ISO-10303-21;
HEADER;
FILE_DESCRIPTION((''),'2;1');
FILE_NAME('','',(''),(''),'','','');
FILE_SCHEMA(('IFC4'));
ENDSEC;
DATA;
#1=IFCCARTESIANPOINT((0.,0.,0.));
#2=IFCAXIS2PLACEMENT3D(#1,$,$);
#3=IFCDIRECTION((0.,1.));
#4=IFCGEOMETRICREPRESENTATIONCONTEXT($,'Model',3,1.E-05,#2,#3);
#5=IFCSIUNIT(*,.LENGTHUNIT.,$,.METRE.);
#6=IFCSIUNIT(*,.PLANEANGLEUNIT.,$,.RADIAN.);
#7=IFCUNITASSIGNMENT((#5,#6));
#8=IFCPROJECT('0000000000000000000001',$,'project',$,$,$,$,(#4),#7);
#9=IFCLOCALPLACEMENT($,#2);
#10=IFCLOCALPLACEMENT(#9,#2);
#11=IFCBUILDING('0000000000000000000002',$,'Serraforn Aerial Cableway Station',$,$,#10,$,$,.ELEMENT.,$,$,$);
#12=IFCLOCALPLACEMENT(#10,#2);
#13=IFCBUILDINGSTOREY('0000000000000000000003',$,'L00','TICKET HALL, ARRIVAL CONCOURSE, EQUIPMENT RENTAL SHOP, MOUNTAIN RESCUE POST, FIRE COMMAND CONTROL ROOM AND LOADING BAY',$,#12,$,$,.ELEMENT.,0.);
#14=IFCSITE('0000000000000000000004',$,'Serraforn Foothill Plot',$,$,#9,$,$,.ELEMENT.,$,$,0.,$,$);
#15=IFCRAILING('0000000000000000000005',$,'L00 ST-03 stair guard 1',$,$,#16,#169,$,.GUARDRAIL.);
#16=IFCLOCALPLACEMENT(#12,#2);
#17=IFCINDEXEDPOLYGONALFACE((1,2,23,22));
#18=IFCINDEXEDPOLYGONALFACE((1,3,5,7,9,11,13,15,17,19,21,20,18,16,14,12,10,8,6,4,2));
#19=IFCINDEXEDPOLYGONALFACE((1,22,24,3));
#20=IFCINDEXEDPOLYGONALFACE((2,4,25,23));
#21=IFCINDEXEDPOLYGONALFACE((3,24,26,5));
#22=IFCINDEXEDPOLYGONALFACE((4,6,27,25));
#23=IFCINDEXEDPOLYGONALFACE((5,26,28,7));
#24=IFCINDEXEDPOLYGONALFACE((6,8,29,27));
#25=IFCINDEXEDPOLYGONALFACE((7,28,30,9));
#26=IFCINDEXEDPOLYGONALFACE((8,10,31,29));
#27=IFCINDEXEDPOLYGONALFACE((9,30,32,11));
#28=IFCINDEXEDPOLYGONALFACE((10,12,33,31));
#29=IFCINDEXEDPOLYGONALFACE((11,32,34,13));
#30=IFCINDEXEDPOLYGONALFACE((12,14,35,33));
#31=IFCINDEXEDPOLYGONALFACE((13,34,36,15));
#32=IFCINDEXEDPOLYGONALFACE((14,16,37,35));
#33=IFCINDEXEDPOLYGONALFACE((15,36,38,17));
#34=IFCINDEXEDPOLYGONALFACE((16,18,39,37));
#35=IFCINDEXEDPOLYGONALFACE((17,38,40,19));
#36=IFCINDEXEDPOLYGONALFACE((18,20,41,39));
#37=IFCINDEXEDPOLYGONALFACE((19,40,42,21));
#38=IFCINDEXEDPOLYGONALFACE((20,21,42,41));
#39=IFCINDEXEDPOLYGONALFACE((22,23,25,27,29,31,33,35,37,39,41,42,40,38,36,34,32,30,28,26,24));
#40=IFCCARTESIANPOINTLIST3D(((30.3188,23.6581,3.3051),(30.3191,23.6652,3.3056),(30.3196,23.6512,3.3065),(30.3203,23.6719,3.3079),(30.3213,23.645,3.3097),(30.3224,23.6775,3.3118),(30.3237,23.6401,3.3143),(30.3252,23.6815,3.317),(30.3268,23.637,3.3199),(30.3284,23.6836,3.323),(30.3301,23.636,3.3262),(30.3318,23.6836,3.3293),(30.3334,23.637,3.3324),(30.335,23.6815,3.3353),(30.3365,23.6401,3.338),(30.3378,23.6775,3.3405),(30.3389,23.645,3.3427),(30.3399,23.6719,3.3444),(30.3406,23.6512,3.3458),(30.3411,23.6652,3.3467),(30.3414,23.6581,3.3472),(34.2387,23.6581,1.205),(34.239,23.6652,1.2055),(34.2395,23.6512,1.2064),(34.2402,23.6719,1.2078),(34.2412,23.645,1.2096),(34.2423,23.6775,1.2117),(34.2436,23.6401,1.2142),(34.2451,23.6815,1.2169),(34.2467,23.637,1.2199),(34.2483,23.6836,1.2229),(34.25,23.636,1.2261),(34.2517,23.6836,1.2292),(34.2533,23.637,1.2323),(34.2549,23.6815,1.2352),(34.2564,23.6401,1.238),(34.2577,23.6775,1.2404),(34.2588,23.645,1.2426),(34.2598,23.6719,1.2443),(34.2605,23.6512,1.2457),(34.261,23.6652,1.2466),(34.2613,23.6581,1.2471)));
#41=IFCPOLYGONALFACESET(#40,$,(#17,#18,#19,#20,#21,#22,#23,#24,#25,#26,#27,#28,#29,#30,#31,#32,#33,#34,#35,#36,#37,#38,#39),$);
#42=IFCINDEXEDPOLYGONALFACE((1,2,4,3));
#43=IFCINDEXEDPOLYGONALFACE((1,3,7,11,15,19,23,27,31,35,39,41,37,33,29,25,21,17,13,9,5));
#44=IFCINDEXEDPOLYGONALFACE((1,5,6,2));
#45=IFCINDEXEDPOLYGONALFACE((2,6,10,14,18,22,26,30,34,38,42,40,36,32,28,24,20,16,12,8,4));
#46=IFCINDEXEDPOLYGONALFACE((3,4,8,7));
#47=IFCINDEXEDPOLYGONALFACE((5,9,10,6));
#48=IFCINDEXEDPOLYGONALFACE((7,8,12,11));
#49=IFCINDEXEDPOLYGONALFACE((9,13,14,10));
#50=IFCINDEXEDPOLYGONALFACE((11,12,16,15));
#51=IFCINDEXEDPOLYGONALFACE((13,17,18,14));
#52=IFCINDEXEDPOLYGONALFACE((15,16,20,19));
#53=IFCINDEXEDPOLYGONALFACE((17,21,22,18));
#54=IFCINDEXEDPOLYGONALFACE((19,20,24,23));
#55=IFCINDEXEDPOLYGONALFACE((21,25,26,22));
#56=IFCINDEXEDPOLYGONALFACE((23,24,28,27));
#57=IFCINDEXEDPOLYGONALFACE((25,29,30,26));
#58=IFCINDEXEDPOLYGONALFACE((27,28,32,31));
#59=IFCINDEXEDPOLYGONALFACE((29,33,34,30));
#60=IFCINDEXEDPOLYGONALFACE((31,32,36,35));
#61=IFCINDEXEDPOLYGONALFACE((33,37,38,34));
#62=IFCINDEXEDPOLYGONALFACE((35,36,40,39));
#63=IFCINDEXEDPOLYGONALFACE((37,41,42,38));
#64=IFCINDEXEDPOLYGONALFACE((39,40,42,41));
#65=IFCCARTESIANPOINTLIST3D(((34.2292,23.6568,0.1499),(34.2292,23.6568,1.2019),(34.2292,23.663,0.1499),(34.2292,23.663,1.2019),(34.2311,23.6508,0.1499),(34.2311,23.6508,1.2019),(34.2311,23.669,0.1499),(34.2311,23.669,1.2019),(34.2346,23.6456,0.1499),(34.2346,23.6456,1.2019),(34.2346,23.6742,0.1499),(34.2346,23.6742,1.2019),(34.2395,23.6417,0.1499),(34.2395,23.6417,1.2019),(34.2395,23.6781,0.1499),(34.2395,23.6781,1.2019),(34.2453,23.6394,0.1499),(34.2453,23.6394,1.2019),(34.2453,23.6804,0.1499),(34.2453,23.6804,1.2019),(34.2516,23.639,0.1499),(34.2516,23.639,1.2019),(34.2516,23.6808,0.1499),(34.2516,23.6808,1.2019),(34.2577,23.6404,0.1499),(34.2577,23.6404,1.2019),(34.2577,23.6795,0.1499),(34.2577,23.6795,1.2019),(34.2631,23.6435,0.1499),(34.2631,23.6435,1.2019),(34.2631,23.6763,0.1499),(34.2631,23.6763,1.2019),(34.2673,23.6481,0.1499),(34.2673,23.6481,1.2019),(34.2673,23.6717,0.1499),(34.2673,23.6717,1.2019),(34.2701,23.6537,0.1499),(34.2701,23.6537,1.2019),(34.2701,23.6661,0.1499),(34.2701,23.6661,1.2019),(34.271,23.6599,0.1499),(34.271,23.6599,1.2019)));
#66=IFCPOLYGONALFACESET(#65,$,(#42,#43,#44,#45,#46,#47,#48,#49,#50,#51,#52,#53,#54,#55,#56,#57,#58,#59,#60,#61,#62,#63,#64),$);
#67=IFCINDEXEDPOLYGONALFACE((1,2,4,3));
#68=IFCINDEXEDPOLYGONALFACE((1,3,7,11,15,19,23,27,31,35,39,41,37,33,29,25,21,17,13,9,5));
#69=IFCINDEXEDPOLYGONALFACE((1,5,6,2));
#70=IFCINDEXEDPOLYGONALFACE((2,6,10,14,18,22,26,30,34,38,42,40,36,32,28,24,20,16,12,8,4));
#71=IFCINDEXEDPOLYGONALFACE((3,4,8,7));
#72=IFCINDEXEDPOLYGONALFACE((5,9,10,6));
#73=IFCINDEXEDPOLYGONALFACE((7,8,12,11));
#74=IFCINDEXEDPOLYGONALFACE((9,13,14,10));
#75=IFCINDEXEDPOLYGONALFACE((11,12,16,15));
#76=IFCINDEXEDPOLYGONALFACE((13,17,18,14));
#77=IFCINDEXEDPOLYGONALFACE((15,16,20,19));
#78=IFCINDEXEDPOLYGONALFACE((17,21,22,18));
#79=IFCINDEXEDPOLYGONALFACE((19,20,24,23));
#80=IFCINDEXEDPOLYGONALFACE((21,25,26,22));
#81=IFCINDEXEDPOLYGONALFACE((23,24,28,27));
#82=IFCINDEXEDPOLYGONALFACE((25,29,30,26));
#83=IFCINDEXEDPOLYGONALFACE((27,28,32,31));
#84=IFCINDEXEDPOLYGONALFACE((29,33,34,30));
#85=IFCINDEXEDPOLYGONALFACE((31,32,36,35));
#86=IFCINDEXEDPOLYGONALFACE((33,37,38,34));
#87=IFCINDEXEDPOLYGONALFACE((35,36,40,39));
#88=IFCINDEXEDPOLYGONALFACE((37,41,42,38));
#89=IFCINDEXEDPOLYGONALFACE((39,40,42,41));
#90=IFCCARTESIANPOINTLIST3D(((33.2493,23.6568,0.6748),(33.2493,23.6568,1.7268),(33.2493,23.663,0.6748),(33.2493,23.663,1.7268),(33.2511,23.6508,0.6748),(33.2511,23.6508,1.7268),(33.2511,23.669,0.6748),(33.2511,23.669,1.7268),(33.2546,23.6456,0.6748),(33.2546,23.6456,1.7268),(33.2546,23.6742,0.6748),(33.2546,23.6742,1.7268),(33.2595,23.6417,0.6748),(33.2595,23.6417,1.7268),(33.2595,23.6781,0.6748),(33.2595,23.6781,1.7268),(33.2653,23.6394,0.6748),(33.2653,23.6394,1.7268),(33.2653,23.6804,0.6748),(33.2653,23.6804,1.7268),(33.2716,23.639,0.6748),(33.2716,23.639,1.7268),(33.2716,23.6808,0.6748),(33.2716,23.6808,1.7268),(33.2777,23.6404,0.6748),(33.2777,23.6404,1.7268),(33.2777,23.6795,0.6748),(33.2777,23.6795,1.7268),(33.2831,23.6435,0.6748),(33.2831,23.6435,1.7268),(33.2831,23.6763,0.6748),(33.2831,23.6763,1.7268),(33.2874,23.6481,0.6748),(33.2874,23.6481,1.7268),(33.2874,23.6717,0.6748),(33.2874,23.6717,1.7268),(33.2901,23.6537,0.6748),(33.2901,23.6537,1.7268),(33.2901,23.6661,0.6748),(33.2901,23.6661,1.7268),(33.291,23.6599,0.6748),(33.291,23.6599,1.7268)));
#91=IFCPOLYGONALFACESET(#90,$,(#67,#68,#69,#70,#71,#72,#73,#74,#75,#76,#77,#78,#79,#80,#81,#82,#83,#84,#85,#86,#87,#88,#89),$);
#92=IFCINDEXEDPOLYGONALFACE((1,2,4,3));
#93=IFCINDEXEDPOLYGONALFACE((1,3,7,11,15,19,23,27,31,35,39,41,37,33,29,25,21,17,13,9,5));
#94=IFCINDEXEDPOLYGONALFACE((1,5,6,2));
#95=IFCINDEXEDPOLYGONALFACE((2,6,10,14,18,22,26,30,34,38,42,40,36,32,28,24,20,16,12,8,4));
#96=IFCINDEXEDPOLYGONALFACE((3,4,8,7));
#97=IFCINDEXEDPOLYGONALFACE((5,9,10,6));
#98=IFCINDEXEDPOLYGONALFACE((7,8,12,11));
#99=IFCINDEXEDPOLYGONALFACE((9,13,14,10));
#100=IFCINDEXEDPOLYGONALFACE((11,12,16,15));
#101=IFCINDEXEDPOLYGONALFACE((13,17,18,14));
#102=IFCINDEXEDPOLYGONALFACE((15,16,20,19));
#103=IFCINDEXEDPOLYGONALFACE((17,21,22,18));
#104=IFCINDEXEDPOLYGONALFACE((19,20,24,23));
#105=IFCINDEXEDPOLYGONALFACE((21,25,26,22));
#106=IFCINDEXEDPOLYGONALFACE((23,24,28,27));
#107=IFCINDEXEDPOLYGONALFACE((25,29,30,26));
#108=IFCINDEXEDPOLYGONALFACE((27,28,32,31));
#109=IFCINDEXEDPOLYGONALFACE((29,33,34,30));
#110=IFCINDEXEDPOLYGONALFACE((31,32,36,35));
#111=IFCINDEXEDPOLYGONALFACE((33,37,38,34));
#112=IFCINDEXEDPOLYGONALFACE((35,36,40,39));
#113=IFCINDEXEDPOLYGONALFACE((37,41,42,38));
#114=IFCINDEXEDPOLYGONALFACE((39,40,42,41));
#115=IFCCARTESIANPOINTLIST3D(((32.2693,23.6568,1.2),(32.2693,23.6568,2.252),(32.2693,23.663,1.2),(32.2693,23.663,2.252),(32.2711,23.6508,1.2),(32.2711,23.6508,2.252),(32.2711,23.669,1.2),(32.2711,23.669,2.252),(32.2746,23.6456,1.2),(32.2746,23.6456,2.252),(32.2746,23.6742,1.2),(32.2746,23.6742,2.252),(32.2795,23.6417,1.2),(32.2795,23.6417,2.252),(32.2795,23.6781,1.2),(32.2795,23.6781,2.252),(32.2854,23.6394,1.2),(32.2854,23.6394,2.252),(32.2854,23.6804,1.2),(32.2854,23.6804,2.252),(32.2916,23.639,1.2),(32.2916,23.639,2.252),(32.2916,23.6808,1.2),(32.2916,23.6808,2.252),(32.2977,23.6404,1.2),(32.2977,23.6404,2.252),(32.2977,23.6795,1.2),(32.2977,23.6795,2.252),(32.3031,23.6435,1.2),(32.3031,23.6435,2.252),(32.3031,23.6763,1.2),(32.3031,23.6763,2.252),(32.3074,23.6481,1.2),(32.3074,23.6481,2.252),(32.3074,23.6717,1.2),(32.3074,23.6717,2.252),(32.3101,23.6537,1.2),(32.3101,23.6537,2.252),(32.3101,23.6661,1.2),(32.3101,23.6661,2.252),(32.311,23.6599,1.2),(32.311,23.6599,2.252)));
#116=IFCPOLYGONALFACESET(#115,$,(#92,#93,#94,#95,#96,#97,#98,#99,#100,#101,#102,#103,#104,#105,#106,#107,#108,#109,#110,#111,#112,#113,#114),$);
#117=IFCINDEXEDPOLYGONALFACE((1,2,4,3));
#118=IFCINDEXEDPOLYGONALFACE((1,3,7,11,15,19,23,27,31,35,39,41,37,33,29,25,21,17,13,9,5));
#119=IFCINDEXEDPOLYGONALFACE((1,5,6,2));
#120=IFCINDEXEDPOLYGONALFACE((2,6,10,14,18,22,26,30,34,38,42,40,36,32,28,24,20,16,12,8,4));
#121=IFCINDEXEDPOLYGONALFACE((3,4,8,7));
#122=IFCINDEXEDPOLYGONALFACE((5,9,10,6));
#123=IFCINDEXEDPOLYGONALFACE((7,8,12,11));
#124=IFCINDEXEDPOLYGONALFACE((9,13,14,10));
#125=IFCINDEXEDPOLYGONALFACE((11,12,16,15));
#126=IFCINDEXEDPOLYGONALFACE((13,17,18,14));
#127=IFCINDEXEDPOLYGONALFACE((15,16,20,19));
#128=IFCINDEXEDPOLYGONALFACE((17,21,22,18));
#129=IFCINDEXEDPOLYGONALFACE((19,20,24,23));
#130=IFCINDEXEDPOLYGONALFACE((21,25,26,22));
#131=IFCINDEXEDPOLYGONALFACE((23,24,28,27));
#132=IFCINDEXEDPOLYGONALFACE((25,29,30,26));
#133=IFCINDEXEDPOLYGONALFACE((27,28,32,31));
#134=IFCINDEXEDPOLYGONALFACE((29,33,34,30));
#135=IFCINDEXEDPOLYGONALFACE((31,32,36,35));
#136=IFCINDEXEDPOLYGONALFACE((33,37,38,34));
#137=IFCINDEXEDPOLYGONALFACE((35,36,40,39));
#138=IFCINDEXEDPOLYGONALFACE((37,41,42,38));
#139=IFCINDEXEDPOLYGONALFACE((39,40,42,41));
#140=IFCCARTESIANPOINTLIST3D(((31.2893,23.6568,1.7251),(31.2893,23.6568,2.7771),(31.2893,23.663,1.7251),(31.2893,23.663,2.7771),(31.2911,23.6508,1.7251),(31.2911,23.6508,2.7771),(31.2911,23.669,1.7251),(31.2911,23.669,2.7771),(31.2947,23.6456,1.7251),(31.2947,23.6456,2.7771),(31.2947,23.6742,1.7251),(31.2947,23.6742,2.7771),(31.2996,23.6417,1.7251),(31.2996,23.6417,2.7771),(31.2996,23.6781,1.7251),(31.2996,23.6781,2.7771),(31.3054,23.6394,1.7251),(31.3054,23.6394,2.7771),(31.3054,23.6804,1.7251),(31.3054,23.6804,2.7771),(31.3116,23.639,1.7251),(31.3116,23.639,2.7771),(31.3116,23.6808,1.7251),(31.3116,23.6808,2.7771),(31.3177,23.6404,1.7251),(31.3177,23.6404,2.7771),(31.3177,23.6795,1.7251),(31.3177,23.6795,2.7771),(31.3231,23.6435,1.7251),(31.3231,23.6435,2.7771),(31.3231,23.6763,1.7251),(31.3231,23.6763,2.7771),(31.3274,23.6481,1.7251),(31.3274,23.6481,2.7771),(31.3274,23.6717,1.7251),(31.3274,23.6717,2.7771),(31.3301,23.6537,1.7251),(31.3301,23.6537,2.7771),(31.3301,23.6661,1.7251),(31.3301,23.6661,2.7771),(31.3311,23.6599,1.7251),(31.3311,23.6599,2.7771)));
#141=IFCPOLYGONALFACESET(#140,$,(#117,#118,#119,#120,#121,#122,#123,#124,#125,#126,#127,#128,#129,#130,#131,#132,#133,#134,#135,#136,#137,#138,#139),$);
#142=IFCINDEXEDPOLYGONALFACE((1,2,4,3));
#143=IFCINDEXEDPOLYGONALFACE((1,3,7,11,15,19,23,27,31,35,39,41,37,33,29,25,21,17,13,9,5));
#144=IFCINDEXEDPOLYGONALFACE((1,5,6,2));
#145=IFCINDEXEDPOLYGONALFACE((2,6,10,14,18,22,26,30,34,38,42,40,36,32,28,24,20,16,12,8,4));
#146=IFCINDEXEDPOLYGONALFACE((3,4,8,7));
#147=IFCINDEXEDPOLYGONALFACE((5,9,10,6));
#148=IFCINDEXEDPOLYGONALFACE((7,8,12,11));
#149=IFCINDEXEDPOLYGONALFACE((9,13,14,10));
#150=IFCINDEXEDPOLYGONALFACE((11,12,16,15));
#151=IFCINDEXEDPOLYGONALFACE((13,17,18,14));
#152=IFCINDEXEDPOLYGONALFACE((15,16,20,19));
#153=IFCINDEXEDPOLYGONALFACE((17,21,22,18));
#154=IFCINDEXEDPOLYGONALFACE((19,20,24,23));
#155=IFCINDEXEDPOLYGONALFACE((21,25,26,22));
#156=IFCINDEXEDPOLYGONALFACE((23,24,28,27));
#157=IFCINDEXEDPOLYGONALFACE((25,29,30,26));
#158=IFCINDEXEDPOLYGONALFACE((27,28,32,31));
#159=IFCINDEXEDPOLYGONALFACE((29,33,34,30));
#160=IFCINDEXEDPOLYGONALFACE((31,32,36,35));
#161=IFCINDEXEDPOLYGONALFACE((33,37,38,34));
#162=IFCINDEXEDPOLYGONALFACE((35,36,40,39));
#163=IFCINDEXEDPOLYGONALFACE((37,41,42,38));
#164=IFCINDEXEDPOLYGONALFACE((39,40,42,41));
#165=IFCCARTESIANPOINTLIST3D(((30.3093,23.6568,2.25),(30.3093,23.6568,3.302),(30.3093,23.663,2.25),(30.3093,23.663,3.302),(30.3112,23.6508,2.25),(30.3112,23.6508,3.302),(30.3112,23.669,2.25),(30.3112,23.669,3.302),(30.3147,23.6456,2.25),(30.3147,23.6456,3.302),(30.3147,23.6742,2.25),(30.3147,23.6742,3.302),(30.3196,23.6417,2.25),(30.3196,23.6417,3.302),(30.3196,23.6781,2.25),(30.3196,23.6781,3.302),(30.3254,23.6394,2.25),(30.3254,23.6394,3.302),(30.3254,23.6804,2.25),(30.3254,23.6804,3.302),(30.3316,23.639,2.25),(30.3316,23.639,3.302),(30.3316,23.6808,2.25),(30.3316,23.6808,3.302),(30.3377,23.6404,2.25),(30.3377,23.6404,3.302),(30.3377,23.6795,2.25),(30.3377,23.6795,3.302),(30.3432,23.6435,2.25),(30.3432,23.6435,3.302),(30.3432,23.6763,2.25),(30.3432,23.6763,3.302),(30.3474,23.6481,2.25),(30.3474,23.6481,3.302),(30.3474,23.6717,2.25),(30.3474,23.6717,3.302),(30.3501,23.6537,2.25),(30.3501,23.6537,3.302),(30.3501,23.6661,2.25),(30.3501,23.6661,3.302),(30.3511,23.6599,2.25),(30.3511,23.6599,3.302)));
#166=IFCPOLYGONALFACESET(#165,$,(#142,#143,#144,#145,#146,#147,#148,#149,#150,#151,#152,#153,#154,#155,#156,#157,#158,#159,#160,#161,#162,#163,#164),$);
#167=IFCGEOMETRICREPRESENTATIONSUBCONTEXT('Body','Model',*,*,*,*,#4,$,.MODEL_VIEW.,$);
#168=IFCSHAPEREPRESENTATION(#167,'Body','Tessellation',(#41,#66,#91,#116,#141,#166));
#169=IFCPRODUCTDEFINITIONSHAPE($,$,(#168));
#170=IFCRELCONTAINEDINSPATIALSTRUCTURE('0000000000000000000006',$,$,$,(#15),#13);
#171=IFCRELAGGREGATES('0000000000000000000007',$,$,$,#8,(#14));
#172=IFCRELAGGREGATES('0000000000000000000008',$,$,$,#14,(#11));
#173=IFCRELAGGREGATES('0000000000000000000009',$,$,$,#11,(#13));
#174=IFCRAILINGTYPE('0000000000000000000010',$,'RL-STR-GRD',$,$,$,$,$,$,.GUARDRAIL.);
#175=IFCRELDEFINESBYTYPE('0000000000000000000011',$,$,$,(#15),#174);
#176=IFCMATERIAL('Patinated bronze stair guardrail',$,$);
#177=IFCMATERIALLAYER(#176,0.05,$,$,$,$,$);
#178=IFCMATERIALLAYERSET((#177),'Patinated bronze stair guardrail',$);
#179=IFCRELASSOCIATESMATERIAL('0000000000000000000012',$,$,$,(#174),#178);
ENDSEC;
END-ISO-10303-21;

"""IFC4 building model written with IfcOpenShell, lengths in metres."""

from ifc_helpers import new_model, si_unit, direction, frame, origin, origin_2d, place, context, subcontext, project, spatial, circle, extrude, material, layer, layer_set, type_object, element, save


model = new_model("IFC4")

# Units and contexts
model_context = context("Model", 3, precision=1e-05, world=origin(), true_north=direction((0.0, 1.0)))
body_context = subcontext(model_context, "Body", "Model", "MODEL_VIEW")
ifc_project = project(units=[si_unit("LENGTHUNIT", "METRE"), si_unit("PLANEANGLEUNIT", "RADIAN")], contexts=[model_context])

# Site, building, storey
site_placement = place(None, origin())
site = spatial("IfcSite", under=ifc_project, at=site_placement, Name="Serraforn Foothill Plot", CompositionType="ELEMENT", RefElevation=0.0)
building_placement = place(site_placement, origin())
building = spatial("IfcBuilding", under=site, at=building_placement, Name="Serraforn Aerial Cableway Station", CompositionType="ELEMENT")
storey_placement = place(building_placement, origin())
storey = spatial("IfcBuildingStorey", under=building, at=storey_placement, Name="L00", Description="TICKET HALL, ARRIVAL CONCOURSE, EQUIPMENT RENTAL SHOP, MOUNTAIN RESCUE POST, FIRE COMMAND CONTROL ROOM AND LOADING BAY", CompositionType="ELEMENT", Elevation=0.0)

# Railing
ifc_material_1 = material(Name="Patinated bronze stair guardrail")
ifc_layer_1 = layer(ifc_material_1, 0.05)
ifc_layer_set_1 = layer_set([ifc_layer_1], Name="Patinated bronze stair guardrail")
railing_type_1 = type_object("IfcRailingType", Name="RL-STR-GRD", PredefinedType="GUARDRAIL", material=ifc_layer_set_1)
railing_1_placement = place(storey_placement, frame((34.25, 23.6599, 0.1499)))
element("IfcRailing", 1, at=railing_1_placement, inside=storey, type_object=railing_type_1, Name="L00 ST-03 stair guard 1", PredefinedType="GUARDRAIL", context=body_context, shape_type="SweptSolid", body=[
    extrude(circle(Radius=0.0239, at=origin_2d()), frame((0.0, 0.0, 1.0762), z_axis=(-0.881467, 0.0, 0.472246), x_axis=(0.0, -1.0, 0.0)), (0.0, 0.0, 1.0), 4.447),
    extrude(circle(Radius=0.021, at=origin_2d()), origin(), (0.0, 0.0, 1.0), 1.052),
    extrude(circle(Radius=0.021, at=origin_2d()), frame((-0.98, 0.0, 0.5249)), (0.0, 0.0, 1.0), 1.052),
    extrude(circle(Radius=0.021, at=origin_2d()), frame((-1.96, 0.0, 1.05)), (0.0, 0.0, 1.0), 1.052),
    extrude(circle(Radius=0.021, at=origin_2d()), frame((-2.9399, 0.0, 1.5752)), (0.0, 0.0, 1.0), 1.052),
    extrude(circle(Radius=0.021, at=origin_2d()), frame((-3.9199, 0.0, 2.1001)), (0.0, 0.0, 1.0), 1.052),
])

save(model, "model.ifc")
